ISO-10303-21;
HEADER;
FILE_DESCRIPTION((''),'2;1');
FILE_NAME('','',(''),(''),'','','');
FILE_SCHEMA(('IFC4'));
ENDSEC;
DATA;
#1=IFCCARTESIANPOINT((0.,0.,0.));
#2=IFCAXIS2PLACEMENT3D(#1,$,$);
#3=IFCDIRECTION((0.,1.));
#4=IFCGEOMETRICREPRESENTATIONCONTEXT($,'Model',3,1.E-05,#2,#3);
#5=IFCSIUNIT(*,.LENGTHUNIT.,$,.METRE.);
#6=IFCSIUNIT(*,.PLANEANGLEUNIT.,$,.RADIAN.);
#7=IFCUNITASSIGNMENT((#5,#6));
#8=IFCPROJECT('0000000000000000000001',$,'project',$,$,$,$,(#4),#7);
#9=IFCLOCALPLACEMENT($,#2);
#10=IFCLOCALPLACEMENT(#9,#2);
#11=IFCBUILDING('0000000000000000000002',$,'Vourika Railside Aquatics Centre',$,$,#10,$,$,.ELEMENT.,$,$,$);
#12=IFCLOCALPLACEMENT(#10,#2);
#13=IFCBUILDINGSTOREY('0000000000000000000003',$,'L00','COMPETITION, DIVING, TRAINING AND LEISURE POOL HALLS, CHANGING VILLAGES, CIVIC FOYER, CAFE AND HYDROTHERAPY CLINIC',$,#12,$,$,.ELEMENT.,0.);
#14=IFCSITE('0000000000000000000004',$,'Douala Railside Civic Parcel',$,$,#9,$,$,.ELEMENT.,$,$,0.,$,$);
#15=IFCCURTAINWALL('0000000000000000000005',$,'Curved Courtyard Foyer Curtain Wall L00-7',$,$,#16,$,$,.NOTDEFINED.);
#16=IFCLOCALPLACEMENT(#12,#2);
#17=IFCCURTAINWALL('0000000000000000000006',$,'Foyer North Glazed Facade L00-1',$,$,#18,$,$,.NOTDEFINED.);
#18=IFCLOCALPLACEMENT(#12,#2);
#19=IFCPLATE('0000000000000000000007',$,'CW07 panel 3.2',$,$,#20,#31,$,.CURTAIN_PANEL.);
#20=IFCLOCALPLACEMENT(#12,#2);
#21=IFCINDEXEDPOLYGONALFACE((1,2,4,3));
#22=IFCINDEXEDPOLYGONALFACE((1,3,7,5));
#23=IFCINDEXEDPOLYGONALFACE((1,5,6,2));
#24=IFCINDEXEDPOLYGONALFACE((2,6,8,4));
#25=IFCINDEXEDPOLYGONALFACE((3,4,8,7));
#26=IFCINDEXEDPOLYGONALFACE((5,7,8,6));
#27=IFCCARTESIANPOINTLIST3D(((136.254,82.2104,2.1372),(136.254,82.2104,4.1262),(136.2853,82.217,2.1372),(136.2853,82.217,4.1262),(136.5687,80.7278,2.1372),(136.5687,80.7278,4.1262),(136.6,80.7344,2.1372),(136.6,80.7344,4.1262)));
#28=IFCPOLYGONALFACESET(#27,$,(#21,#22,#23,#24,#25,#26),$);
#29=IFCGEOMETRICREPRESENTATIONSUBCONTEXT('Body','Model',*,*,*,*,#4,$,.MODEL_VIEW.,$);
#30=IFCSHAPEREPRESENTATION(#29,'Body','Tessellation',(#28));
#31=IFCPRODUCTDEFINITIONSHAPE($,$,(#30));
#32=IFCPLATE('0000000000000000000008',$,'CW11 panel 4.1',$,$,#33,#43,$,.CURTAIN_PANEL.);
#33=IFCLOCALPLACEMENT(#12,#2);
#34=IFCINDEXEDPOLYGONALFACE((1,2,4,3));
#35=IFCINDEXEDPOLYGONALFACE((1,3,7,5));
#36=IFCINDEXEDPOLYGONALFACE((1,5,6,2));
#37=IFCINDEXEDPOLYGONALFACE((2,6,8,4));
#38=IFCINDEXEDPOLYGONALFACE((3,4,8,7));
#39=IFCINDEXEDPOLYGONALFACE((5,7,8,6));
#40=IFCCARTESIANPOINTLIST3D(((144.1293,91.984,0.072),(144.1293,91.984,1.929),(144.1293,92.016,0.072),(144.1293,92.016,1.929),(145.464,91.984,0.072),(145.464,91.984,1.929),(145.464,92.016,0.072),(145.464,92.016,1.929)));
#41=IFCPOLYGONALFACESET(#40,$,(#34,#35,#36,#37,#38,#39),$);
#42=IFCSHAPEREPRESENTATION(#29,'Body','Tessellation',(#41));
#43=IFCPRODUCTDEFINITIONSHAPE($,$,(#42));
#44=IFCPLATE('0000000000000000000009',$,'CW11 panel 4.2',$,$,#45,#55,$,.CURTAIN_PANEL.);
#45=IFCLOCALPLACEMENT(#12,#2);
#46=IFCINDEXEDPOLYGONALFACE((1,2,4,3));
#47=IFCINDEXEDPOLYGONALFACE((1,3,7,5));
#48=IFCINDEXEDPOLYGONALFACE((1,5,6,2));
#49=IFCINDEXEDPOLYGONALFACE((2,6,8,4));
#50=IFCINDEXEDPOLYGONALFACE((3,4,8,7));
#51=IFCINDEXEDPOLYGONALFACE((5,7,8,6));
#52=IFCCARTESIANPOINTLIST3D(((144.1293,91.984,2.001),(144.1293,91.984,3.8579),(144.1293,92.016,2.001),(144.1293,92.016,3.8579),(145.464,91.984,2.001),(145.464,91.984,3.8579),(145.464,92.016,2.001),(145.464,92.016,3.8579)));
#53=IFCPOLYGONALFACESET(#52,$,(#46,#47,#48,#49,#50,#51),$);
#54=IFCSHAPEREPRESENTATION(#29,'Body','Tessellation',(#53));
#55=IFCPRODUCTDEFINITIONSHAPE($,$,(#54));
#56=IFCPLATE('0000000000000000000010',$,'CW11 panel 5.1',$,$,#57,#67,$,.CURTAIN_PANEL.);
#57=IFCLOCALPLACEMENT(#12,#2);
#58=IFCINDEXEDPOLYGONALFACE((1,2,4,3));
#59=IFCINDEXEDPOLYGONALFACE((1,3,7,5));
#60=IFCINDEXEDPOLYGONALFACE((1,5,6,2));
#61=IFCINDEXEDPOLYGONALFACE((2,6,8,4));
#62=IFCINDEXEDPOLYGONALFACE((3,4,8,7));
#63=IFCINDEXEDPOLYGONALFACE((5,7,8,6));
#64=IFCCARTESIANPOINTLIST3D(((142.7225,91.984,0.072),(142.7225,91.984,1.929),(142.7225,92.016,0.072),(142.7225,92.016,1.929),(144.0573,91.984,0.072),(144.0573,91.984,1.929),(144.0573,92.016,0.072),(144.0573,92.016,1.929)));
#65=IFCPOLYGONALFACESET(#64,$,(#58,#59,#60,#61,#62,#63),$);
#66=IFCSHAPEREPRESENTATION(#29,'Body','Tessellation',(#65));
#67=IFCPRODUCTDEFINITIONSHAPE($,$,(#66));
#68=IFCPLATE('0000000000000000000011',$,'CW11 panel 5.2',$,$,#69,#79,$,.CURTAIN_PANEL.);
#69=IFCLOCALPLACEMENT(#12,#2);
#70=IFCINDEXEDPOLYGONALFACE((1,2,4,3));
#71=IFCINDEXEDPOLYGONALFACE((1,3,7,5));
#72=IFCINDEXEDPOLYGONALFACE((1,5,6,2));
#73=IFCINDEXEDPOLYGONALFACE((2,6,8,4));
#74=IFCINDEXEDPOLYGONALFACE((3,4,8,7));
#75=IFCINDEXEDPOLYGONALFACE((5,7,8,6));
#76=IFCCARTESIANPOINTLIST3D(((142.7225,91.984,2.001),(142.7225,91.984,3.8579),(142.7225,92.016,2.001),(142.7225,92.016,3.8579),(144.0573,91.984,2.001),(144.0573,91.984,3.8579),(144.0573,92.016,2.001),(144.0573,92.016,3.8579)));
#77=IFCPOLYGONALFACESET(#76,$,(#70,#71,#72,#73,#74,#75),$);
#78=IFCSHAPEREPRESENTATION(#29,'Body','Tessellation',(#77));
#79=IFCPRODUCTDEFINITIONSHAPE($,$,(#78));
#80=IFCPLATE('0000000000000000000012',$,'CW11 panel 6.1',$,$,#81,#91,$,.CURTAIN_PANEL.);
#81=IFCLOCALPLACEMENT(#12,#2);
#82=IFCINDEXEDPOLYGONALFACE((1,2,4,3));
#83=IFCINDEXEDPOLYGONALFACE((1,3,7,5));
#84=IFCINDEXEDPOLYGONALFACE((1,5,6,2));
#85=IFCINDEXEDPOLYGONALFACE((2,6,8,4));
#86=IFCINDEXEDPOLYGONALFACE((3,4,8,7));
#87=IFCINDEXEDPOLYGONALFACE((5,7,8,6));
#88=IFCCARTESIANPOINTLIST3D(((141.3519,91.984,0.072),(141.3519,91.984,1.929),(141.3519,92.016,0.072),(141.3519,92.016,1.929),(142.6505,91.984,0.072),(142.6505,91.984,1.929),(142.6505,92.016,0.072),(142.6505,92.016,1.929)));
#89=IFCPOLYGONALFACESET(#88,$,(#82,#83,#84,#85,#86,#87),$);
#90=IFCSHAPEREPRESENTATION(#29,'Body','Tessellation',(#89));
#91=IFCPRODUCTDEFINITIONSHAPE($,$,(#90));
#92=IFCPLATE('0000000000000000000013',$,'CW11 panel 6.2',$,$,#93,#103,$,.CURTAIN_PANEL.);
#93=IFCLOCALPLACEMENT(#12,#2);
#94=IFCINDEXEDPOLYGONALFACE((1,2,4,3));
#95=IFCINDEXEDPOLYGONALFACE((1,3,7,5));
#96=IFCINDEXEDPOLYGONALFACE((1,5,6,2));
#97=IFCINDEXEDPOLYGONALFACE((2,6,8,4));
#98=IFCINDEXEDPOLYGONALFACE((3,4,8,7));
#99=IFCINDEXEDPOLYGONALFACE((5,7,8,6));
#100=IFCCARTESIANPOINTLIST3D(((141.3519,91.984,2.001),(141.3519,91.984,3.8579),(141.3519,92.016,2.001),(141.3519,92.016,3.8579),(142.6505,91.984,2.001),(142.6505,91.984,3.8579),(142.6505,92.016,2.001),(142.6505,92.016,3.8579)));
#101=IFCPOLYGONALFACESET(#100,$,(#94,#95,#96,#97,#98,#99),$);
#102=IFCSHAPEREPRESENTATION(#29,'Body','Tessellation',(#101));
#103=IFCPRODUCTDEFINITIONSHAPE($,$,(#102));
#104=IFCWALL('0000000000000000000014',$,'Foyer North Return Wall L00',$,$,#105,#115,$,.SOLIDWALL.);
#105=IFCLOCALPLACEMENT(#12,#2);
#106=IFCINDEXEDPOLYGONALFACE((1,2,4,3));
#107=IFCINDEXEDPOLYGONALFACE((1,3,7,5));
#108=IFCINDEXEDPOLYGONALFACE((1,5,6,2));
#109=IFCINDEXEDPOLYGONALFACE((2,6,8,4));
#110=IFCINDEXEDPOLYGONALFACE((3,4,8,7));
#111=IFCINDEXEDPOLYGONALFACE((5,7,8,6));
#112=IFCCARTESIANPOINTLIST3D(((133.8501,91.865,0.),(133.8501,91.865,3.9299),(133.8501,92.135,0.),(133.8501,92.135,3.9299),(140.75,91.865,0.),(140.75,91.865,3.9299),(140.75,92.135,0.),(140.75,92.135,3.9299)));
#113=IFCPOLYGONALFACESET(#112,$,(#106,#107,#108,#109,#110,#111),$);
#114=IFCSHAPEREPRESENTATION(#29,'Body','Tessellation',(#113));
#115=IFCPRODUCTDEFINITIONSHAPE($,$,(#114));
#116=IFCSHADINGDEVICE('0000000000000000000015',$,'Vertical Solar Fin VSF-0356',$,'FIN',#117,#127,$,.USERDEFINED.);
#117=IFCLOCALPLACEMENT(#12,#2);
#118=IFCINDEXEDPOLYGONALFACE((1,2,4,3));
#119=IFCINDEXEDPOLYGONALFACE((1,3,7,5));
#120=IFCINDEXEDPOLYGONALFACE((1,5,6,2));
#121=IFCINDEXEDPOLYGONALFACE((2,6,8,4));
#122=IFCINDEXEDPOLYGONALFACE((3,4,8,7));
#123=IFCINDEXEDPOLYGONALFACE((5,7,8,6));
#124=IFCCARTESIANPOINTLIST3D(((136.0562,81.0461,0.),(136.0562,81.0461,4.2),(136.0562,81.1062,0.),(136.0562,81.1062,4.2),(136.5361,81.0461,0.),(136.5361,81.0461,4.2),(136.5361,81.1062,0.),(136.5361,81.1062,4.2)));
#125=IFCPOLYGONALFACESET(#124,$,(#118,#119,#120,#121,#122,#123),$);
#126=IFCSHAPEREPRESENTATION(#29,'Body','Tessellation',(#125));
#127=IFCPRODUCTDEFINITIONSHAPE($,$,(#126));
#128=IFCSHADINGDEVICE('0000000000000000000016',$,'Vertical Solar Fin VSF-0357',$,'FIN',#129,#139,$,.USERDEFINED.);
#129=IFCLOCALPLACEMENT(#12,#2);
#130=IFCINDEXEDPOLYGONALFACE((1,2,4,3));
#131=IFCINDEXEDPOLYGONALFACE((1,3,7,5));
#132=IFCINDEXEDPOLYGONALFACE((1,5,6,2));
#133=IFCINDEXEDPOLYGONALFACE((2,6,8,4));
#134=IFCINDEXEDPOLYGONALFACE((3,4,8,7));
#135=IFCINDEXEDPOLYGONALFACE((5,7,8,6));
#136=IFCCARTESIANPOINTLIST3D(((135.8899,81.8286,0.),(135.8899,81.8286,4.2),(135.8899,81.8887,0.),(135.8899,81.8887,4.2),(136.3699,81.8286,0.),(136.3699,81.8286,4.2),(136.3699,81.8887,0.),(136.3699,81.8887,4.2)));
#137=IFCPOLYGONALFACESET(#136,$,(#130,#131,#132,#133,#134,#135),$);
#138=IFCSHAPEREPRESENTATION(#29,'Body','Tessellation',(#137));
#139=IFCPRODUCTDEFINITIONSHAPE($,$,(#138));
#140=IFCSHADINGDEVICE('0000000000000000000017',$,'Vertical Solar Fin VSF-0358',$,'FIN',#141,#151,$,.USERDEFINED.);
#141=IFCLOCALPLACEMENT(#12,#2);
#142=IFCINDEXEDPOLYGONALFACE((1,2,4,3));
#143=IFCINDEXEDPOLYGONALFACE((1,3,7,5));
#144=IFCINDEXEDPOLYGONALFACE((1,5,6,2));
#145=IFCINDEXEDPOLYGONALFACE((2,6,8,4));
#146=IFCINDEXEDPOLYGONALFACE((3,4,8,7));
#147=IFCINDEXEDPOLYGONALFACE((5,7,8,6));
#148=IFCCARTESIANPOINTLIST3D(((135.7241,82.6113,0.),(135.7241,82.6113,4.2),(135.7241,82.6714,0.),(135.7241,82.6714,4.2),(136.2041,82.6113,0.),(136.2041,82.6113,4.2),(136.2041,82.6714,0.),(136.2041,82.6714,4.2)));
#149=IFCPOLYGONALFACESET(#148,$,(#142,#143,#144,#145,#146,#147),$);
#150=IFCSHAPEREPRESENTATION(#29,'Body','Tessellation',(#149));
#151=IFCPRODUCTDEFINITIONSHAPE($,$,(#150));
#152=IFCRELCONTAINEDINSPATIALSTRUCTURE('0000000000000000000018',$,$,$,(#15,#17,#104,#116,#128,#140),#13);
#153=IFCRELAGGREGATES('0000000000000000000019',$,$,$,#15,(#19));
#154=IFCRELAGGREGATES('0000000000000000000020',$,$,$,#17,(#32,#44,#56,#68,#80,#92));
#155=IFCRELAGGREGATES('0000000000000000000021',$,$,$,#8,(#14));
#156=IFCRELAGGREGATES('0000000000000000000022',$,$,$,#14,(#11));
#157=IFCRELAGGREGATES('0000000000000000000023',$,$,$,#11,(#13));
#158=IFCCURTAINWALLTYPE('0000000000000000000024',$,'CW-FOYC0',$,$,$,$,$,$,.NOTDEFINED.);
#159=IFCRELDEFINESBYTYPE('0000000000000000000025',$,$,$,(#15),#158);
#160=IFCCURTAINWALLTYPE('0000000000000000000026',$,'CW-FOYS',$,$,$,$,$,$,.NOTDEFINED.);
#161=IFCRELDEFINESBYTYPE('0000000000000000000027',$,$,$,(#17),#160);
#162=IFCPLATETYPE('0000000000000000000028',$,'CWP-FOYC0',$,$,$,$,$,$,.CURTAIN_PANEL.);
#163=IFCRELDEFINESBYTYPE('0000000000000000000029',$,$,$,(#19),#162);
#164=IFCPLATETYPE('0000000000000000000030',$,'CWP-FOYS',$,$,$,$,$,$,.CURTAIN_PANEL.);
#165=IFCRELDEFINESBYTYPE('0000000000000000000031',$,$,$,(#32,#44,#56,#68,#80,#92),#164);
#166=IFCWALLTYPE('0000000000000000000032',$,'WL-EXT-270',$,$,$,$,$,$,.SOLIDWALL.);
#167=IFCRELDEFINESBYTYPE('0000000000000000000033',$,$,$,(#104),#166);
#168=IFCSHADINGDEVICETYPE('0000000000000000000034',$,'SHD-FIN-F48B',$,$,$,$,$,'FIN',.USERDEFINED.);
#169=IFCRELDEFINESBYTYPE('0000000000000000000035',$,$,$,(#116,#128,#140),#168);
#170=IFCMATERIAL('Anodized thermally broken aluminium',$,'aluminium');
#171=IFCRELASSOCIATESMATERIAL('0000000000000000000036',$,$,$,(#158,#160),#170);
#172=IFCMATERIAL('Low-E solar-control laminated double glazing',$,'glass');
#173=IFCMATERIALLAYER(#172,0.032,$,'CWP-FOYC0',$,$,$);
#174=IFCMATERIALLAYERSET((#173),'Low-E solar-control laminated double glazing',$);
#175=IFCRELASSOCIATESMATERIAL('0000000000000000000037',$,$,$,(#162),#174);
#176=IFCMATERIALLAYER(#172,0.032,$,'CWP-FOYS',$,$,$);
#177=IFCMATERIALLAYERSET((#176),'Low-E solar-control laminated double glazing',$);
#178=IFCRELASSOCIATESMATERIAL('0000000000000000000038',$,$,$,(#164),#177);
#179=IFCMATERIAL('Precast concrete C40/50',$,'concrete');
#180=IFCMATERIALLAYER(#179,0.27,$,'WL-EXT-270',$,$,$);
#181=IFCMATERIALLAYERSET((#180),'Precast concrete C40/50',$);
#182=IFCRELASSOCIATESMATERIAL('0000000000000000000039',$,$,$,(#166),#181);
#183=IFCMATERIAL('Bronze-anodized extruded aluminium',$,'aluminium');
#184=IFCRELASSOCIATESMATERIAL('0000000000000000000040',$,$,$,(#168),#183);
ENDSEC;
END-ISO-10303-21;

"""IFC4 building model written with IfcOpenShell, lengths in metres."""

from ifc_helpers import new_model, si_unit, direction, frame, frame_2d, origin, origin_2d, place, context, subcontext, project, spatial, rectangle, extrude, material, layer, layer_set, material_profile, profile_set, type_object, element, aggregate, save


model = new_model("IFC4")

# Units and contexts
model_context = context("Model", 3, precision=1e-05, world=origin(), true_north=direction((0.0, 1.0)))
body_context = subcontext(model_context, "Body", "Model", "MODEL_VIEW")
ifc_project = project(units=[si_unit("LENGTHUNIT", "METRE"), si_unit("PLANEANGLEUNIT", "RADIAN")], contexts=[model_context])

# Site, building, storey
site_placement = place(None, origin())
site = spatial("IfcSite", under=ifc_project, at=site_placement, Name="Douala Railside Civic Parcel", CompositionType="ELEMENT", RefElevation=0.0)
building_placement = place(site_placement, origin())
building = spatial("IfcBuilding", under=site, at=building_placement, Name="Vourika Railside Aquatics Centre", CompositionType="ELEMENT")
storey_placement = place(building_placement, origin())
storey = spatial("IfcBuildingStorey", under=building, at=storey_placement, Name="L00", Description="COMPETITION, DIVING, TRAINING AND LEISURE POOL HALLS, CHANGING VILLAGES, CIVIC FOYER, CAFE AND HYDROTHERAPY CLINIC", CompositionType="ELEMENT", Elevation=0.0)

# Curtain walls
ifc_material_1 = material(Name="Anodized thermally broken aluminium", Category="aluminium")
curtain_wall_type_1 = type_object("IfcCurtainWallType", Name="CW-FOYC0", PredefinedType="NOTDEFINED", material=ifc_material_1)
curtain_wall_1_placement = place(storey_placement, origin())
curtain_wall_1 = element("IfcCurtainWall", 1, at=curtain_wall_1_placement, inside=storey, type_object=curtain_wall_type_1, Name="Curved Courtyard Foyer Curtain Wall L00-7", PredefinedType="NOTDEFINED")
curtain_wall_type_2 = type_object("IfcCurtainWallType", Name="CW-FOYS", PredefinedType="NOTDEFINED", material=ifc_material_1)
curtain_wall_2_placement = place(storey_placement, origin())
curtain_wall_2 = element("IfcCurtainWall", 2, at=curtain_wall_2_placement, inside=storey, type_object=curtain_wall_type_2, Name="Foyer North Glazed Facade L00-1", PredefinedType="NOTDEFINED")

# Plates
ifc_material_2 = material(Name="Low-E solar-control laminated double glazing", Category="glass")
ifc_layer_1 = layer(ifc_material_2, 0.032, Name="CWP-FOYC0")
ifc_layer_set_1 = layer_set([ifc_layer_1], Name="Low-E solar-control laminated double glazing")
plate_type_1 = type_object("IfcPlateType", Name="CWP-FOYC0", PredefinedType="CURTAIN_PANEL", material=ifc_layer_set_1)
plate_1_placement = place(storey_placement, frame((136.427, 81.4724, 2.1372), z_axis=(0.0, 0.0, 1.0), x_axis=(0.207595, -0.978215, 0.0)))
plate_1 = element("IfcPlate", 3, at=plate_1_placement, type_object=plate_type_1, Name="CW07 panel 3.2", PredefinedType="CURTAIN_PANEL", context=body_context, shape_type="SweptSolid", body=[
    extrude(rectangle(XDim=1.5156, YDim=0.032, at=origin_2d()), origin(), (0.0, 0.0, 1.0), 1.989),
])
aggregate(curtain_wall_1, [plate_1])
ifc_layer_2 = layer(ifc_material_2, 0.032, Name="CWP-FOYS")
ifc_layer_set_2 = layer_set([ifc_layer_2], Name="Low-E solar-control laminated double glazing")
plate_type_2 = type_object("IfcPlateType", Name="CWP-FOYS", PredefinedType="CURTAIN_PANEL", material=ifc_layer_set_2)
plate_2_placement = place(storey_placement, frame((144.7966, 92.0, 0.072), z_axis=(0.0, 0.0, 1.0), x_axis=(-1.0, 0.0, 0.0)))
plate_2 = element("IfcPlate", 4, at=plate_2_placement, type_object=plate_type_2, Name="CW11 panel 4.1", PredefinedType="CURTAIN_PANEL", context=body_context, shape_type="SweptSolid", body=[
    extrude(rectangle(XDim=1.3347, YDim=0.032, at=origin_2d()), origin(), (0.0, 0.0, 1.0), 1.8569),
])
plate_3_placement = place(storey_placement, frame((144.7966, 92.0, 2.001), z_axis=(0.0, 0.0, 1.0), x_axis=(-1.0, 0.0, 0.0)))
plate_3 = element("IfcPlate", 5, at=plate_3_placement, type_object=plate_type_2, Name="CW11 panel 4.2", PredefinedType="CURTAIN_PANEL", context=body_context, shape_type="SweptSolid", body=[
    extrude(rectangle(XDim=1.3347, YDim=0.032, at=origin_2d()), origin(), (0.0, 0.0, 1.0), 1.8569),
])
plate_4_placement = place(storey_placement, frame((143.3899, 92.0, 0.072), z_axis=(0.0, 0.0, 1.0), x_axis=(-1.0, 0.0, 0.0)))
plate_4 = element("IfcPlate", 6, at=plate_4_placement, type_object=plate_type_2, Name="CW11 panel 5.1", PredefinedType="CURTAIN_PANEL", context=body_context, shape_type="SweptSolid", body=[
    extrude(rectangle(XDim=1.3347, YDim=0.032, at=origin_2d()), origin(), (0.0, 0.0, 1.0), 1.8569),
])
plate_5_placement = place(storey_placement, frame((143.3899, 92.0, 2.001), z_axis=(0.0, 0.0, 1.0), x_axis=(-1.0, 0.0, 0.0)))
plate_5 = element("IfcPlate", 7, at=plate_5_placement, type_object=plate_type_2, Name="CW11 panel 5.2", PredefinedType="CURTAIN_PANEL", context=body_context, shape_type="SweptSolid", body=[
    extrude(rectangle(XDim=1.3347, YDim=0.032, at=origin_2d()), origin(), (0.0, 0.0, 1.0), 1.8569),
])
plate_6_placement = place(storey_placement, frame((142.0012, 92.0, 0.072), z_axis=(0.0, 0.0, 1.0), x_axis=(-1.0, 0.0, 0.0)))
plate_6 = element("IfcPlate", 8, at=plate_6_placement, type_object=plate_type_2, Name="CW11 panel 6.1", PredefinedType="CURTAIN_PANEL", context=body_context, shape_type="SweptSolid", body=[
    extrude(rectangle(XDim=1.2986, YDim=0.032, at=origin_2d()), origin(), (0.0, 0.0, 1.0), 1.8569),
])
plate_7_placement = place(storey_placement, frame((142.0012, 92.0, 2.001), z_axis=(0.0, 0.0, 1.0), x_axis=(-1.0, 0.0, 0.0)))
plate_7 = element("IfcPlate", 9, at=plate_7_placement, type_object=plate_type_2, Name="CW11 panel 6.2", PredefinedType="CURTAIN_PANEL", context=body_context, shape_type="SweptSolid", body=[
    extrude(rectangle(XDim=1.2986, YDim=0.032, at=origin_2d()), origin(), (0.0, 0.0, 1.0), 1.8569),
])
aggregate(curtain_wall_2, [plate_2, plate_3, plate_4, plate_5, plate_6, plate_7])

# Wall
ifc_material_3 = material(Name="Precast concrete C40/50", Category="concrete")
ifc_layer_3 = layer(ifc_material_3, 0.27, Name="WL-EXT-270")
ifc_layer_set_3 = layer_set([ifc_layer_3], Name="Precast concrete C40/50")
wall_type = type_object("IfcWallType", Name="WL-EXT-270", PredefinedType="SOLIDWALL", material=ifc_layer_set_3)
wall_placement = place(storey_placement, frame((140.75, 92.0, 0.0), z_axis=(0.0, 0.0, 1.0), x_axis=(-1.0, 0.0, 0.0)))
element("IfcWall", 10, at=wall_placement, inside=storey, type_object=wall_type, Name="Foyer North Return Wall L00", PredefinedType="SOLIDWALL", context=body_context, shape_type="SweptSolid", body=[
    extrude(rectangle(XDim=6.8999, YDim=0.27, at=frame_2d((3.45, 0.0))), origin(), (0.0, 0.0, 1.0), 3.9299),
])

# Shading devices
ifc_material_4 = material(Name="Bronze-anodized extruded aluminium", Category="aluminium")
ifc_material_profile_1 = material_profile(ifc_material_4, rectangle(XDim=0.0601, YDim=0.48, at=origin_2d()), Name="ALU-FIN 60x480")
ifc_profile_set_1 = profile_set([ifc_material_profile_1], Name="Bronze-anodized extruded aluminium")
shading_device_type = type_object("IfcShadingDeviceType", Name="SHD-FIN-F48B", ElementType="FIN", PredefinedType="USERDEFINED", material=ifc_profile_set_1)
for number, where, z_axis, x_axis, name in (
    (11, (136.2961, 81.0762, 0.0), (0.0, 0.0, 1.0), (0.0, 1.0, 0.0), "Vertical Solar Fin VSF-0356"),
    (12, (136.1299, 81.8586, 0.0), (0.0, 0.0, 1.0), (0.0, 1.0, 0.0), "Vertical Solar Fin VSF-0357"),
    (13, (135.9641, 82.6414, 0.0), (0.0, 0.0, 1.0), (0.0, 1.0, 0.0), "Vertical Solar Fin VSF-0358"),
):
    element("IfcShadingDevice", number, at=place(storey_placement, frame(where, z_axis=z_axis, x_axis=x_axis)), inside=storey, type_object=shading_device_type, Name=name, ObjectType="FIN", PredefinedType="USERDEFINED", context=body_context, shape_type="SweptSolid", body=[
        extrude(rectangle(XDim=0.0601, YDim=0.48, at=origin_2d()), origin(), (0.0, 0.0, 1.0), 4.2),
    ])

save(model, "model.ifc")
